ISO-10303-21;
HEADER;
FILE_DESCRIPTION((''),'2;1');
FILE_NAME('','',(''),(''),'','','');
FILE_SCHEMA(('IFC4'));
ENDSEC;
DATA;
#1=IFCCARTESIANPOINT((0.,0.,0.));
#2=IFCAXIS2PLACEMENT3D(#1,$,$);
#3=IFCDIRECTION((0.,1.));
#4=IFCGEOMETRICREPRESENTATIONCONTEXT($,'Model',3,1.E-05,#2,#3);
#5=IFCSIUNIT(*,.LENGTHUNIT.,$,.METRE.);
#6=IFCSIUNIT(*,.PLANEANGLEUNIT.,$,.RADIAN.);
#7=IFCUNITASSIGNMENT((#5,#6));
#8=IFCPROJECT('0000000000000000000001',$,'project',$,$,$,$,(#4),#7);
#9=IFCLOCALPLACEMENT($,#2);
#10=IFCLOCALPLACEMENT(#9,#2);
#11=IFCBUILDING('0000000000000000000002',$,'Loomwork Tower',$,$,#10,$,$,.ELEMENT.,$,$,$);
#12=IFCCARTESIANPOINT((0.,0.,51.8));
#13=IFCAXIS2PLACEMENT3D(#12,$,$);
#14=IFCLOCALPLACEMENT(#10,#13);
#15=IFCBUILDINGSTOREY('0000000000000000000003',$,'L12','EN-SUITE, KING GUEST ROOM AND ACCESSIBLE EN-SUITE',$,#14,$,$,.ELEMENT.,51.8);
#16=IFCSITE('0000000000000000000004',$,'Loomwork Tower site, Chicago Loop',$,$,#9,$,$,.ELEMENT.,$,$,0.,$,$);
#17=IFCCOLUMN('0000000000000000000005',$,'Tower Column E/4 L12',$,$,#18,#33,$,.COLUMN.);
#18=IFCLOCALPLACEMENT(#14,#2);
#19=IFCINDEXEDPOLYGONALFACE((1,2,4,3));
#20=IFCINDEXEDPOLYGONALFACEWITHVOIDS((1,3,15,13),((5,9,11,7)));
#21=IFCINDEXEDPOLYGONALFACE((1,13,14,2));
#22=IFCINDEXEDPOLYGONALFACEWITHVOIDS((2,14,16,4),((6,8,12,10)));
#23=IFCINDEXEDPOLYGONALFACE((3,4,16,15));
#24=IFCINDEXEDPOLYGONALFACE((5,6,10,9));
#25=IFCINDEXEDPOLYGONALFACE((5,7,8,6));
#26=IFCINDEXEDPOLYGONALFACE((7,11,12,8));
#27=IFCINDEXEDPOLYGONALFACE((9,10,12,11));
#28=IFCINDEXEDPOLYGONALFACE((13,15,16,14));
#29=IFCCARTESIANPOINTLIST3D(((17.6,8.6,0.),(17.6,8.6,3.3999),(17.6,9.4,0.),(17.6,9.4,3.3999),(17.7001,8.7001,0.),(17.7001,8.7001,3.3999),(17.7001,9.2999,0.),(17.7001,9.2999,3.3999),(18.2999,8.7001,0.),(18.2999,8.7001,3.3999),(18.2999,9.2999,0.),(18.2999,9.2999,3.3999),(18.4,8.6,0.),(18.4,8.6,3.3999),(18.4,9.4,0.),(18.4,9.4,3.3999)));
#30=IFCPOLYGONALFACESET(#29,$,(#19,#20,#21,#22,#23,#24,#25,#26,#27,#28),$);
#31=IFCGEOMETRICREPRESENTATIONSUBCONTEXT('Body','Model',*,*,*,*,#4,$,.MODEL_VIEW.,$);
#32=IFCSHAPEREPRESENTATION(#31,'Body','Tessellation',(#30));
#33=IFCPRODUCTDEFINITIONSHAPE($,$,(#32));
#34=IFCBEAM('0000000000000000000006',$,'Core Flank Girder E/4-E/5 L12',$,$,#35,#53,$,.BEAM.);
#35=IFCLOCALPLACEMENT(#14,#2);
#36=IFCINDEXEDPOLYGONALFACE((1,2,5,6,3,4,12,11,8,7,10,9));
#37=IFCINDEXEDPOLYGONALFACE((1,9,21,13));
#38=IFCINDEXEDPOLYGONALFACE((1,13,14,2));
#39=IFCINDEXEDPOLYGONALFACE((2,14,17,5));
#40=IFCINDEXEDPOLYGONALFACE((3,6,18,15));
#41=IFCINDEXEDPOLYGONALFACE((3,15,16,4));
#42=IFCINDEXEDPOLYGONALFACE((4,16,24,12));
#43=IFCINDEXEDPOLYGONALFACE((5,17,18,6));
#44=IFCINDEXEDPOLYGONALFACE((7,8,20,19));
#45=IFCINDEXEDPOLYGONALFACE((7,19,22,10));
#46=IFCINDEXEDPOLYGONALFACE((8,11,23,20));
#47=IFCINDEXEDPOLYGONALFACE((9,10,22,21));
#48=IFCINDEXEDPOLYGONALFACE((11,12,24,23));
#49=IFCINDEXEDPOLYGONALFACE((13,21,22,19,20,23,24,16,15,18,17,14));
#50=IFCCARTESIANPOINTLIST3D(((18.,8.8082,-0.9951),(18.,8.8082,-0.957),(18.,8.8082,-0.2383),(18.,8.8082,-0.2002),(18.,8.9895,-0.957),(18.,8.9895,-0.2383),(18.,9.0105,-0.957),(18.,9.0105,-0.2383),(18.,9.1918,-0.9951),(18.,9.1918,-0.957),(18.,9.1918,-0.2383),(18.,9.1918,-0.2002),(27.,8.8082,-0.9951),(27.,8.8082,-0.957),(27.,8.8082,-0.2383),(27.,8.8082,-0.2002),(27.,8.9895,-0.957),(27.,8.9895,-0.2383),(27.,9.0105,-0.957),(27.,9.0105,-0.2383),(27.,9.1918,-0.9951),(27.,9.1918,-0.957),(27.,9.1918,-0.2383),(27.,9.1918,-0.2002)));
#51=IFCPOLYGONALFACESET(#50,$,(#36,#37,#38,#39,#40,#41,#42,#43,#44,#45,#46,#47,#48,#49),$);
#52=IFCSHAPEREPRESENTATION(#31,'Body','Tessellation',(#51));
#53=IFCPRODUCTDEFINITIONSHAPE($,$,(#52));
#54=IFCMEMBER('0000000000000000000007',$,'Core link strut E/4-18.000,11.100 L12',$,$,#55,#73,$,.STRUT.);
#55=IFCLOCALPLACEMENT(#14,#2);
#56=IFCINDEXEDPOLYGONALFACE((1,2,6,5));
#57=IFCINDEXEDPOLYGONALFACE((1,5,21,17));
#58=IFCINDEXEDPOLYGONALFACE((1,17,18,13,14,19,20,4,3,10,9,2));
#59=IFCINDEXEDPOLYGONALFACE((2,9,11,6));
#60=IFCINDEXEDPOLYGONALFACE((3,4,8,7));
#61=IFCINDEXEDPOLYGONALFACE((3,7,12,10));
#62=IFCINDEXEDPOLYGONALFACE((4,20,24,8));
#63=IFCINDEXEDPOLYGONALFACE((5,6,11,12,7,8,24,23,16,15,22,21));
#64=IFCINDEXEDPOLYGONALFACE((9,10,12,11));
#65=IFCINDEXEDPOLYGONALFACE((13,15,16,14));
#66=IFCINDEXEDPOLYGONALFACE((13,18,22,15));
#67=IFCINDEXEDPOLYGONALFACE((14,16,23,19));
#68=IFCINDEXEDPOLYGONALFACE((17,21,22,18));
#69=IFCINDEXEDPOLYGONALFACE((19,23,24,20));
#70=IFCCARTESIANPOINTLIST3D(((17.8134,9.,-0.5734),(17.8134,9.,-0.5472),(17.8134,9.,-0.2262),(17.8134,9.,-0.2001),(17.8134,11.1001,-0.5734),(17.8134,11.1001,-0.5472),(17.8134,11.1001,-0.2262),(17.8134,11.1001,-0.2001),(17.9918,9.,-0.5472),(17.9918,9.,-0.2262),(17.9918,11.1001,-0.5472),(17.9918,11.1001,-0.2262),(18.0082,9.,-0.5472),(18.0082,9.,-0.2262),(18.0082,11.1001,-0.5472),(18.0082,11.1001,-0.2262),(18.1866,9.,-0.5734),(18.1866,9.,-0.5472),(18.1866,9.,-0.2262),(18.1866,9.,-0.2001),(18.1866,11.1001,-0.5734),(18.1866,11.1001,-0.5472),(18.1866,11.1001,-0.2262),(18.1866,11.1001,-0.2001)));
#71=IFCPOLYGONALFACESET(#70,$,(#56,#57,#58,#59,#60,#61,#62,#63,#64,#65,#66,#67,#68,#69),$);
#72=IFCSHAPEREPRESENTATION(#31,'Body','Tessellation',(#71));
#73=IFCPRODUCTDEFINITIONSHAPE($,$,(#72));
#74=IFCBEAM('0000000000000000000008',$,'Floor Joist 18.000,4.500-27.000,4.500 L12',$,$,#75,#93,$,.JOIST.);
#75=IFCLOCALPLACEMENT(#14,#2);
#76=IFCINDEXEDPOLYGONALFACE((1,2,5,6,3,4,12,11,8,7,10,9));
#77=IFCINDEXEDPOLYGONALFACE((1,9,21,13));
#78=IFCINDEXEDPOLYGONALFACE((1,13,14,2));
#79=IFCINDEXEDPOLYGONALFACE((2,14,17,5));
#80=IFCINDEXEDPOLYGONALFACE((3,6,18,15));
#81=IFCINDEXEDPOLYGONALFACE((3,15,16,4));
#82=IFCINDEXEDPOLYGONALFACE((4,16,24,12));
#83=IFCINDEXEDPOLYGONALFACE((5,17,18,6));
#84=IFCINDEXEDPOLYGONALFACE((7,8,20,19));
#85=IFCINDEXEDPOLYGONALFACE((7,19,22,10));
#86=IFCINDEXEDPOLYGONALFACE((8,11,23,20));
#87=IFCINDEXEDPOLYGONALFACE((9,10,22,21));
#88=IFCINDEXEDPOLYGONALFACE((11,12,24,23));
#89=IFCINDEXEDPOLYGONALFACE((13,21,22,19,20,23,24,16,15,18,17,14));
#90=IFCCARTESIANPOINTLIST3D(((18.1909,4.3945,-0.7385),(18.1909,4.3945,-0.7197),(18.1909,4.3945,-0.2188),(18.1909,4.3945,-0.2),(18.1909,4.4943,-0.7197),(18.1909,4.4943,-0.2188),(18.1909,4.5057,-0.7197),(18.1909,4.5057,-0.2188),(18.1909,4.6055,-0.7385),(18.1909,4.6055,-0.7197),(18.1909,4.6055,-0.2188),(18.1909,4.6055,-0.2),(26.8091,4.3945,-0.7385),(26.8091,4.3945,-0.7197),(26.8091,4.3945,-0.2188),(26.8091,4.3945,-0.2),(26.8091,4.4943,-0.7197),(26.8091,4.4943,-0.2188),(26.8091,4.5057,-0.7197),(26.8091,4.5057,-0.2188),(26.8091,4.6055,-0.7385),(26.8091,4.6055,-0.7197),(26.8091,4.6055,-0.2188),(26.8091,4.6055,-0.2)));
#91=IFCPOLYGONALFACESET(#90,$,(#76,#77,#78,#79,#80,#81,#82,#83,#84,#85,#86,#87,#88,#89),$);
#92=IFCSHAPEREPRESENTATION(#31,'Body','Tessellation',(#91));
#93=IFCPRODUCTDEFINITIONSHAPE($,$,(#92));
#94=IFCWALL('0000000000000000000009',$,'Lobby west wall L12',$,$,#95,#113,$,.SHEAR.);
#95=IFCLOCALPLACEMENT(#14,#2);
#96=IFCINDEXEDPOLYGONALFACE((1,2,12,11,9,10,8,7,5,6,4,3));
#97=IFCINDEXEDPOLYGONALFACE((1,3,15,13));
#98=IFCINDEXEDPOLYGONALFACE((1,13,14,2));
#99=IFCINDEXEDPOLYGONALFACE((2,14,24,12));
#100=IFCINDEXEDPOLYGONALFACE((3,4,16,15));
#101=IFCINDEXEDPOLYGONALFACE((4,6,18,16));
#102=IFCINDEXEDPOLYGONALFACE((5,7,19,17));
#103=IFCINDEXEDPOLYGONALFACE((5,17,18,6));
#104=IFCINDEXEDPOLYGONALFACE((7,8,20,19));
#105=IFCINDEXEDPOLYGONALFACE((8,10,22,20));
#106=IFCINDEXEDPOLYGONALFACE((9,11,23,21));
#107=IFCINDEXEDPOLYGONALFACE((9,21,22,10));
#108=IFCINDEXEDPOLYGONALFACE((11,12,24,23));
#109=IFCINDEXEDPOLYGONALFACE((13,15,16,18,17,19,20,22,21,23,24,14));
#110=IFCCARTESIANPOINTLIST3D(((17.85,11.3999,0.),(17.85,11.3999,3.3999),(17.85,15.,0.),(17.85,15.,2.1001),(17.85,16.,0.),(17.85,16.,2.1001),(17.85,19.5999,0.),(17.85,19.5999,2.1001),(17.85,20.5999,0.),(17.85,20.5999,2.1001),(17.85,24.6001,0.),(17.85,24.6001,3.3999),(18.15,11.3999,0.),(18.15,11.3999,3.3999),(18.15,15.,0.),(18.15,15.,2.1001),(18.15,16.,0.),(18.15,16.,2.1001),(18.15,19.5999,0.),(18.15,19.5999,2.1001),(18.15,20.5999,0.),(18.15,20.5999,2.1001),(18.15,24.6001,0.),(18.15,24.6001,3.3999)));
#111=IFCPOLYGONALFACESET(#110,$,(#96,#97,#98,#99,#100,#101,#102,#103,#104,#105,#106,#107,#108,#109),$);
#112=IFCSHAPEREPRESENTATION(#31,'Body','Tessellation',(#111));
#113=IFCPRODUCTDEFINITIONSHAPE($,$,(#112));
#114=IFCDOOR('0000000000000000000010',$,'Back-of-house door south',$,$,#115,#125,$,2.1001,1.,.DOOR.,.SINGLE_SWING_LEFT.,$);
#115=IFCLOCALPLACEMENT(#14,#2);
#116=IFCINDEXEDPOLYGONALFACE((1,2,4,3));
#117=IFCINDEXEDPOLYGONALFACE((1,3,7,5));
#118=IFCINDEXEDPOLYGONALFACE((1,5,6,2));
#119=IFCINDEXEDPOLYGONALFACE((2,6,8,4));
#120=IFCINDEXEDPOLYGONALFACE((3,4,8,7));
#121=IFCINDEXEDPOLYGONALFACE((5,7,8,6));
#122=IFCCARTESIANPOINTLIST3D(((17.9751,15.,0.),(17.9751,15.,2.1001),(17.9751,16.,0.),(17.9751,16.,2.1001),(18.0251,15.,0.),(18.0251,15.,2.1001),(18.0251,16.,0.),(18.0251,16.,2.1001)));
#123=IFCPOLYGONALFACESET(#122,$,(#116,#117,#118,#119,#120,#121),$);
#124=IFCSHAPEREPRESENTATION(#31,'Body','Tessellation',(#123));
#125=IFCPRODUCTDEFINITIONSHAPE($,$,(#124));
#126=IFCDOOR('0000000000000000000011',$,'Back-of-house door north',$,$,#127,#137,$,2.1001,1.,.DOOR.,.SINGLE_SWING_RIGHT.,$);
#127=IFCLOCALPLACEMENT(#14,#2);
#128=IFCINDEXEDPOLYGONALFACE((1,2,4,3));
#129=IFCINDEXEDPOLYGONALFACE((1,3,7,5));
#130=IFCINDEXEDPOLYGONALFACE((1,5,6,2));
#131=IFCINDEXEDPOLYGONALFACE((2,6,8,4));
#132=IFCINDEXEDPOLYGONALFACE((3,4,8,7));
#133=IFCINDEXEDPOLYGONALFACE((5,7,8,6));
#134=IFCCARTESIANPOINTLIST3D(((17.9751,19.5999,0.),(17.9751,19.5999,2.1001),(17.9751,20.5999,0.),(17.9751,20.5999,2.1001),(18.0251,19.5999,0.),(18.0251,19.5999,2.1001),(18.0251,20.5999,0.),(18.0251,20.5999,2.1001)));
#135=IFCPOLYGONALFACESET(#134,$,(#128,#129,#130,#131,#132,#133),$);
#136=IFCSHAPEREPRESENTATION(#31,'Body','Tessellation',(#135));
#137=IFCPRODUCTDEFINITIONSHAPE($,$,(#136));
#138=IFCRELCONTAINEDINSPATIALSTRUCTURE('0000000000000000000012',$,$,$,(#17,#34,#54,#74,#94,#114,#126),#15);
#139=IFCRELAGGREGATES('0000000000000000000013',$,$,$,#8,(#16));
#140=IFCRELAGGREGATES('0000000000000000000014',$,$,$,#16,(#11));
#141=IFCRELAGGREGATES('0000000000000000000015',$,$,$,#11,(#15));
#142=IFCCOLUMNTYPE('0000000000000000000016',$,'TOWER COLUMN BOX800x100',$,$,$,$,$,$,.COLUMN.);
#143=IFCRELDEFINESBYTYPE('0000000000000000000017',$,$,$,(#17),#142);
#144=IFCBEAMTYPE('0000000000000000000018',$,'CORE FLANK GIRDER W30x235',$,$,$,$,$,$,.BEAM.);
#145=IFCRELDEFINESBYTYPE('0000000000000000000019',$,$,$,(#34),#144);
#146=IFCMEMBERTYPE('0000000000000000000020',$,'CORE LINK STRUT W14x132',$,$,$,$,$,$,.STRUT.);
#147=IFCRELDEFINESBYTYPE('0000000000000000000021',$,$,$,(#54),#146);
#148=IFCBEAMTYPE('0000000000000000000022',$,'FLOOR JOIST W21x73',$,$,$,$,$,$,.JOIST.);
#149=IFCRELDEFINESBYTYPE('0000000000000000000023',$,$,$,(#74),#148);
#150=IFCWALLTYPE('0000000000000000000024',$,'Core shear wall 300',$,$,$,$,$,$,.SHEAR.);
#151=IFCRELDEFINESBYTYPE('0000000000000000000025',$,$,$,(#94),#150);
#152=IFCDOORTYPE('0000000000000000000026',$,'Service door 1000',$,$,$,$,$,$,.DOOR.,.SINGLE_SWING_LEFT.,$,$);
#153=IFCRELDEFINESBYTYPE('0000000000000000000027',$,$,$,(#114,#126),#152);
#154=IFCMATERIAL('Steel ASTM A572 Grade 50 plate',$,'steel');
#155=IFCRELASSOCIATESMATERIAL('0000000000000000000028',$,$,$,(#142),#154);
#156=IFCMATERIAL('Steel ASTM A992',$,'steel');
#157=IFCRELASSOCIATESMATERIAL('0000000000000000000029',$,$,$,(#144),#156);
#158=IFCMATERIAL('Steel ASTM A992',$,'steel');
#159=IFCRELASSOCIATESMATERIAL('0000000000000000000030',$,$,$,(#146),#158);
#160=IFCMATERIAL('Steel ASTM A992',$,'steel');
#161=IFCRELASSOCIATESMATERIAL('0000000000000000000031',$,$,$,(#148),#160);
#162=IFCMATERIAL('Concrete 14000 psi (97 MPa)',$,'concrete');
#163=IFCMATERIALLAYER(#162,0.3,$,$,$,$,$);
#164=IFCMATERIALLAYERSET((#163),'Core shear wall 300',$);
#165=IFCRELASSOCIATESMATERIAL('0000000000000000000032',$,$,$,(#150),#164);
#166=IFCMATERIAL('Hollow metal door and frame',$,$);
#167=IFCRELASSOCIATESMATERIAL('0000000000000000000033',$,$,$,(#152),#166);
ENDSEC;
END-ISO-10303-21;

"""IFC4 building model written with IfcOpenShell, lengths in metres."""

from ifc_helpers import new_model, si_unit, direction, frame, frame_2d, origin, origin_2d, place, context, subcontext, project, spatial, rectangle, hollow_rectangle, i_section, extrude, material, layer, layer_set, material_profile, profile_set, type_object, element, fill, save


model = new_model("IFC4")

# Units and contexts
model_context = context("Model", 3, precision=1e-05, world=origin(), true_north=direction((0.0, 1.0)))
body_context = subcontext(model_context, "Body", "Model", "MODEL_VIEW")
ifc_project = project(units=[si_unit("LENGTHUNIT", "METRE"), si_unit("PLANEANGLEUNIT", "RADIAN")], contexts=[model_context])

# Site, building, storey
site_placement = place(None, origin())
site = spatial("IfcSite", under=ifc_project, at=site_placement, Name="Loomwork Tower site, Chicago Loop", CompositionType="ELEMENT", RefElevation=0.0)
building_placement = place(site_placement, origin())
building = spatial("IfcBuilding", under=site, at=building_placement, Name="Loomwork Tower", CompositionType="ELEMENT")
storey_placement = place(building_placement, frame((0.0, 0.0, 51.8)))
storey = spatial("IfcBuildingStorey", under=building, at=storey_placement, Name="L12", Description="EN-SUITE, KING GUEST ROOM AND ACCESSIBLE EN-SUITE", CompositionType="ELEMENT", Elevation=51.8)

# Column
ifc_material_1 = material(Name="Steel ASTM A572 Grade 50 plate", Category="steel")
ifc_material_profile_1 = material_profile(ifc_material_1, hollow_rectangle(XDim=0.8, YDim=0.8, WallThickness=0.1001, at=origin_2d()), Name="BOX800x100")
ifc_profile_set_1 = profile_set([ifc_material_profile_1], Name="Steel ASTM A572 Grade 50 plate")
column_type = type_object("IfcColumnType", Name="TOWER COLUMN BOX800x100", PredefinedType="COLUMN", material=ifc_profile_set_1)
column_placement = place(storey_placement, frame((18.0, 9.0, 0.0), z_axis=(0.0, 0.0, 1.0), x_axis=(1.0, 0.0, 0.0)))
element("IfcColumn", 1, at=column_placement, inside=storey, type_object=column_type, Name="Tower Column E/4 L12", PredefinedType="COLUMN", context=body_context, shape_type="SweptSolid", body=[
    extrude(hollow_rectangle(XDim=0.8, YDim=0.8, WallThickness=0.1001, at=origin_2d()), origin(), (0.0, 0.0, 1.0), 3.3999),
])

# Beam
ifc_material_2 = material(Name="Steel ASTM A992", Category="steel")
ifc_material_profile_2 = material_profile(ifc_material_2, i_section(OverallWidth=0.3835, OverallDepth=0.7949, WebThickness=0.021, FlangeThickness=0.0381, at=origin_2d()), Name="W30x235")
ifc_profile_set_2 = profile_set([ifc_material_profile_2], Name="Steel ASTM A992")
beam_type_1 = type_object("IfcBeamType", Name="CORE FLANK GIRDER W30x235", PredefinedType="BEAM", material=ifc_profile_set_2)
beam_1_placement = place(storey_placement, frame((18.0, 9.0, -0.5977), z_axis=(1.0, 0.0, 0.0), x_axis=(0.0, 1.0, 0.0)))
element("IfcBeam", 2, at=beam_1_placement, inside=storey, type_object=beam_type_1, Name="Core Flank Girder E/4-E/5 L12", PredefinedType="BEAM", context=body_context, shape_type="SweptSolid", body=[
    extrude(i_section(OverallWidth=0.3835, OverallDepth=0.7949, WebThickness=0.021, FlangeThickness=0.0381, at=origin_2d()), origin(), (0.0, 0.0, 1.0), 9.0),
])

# Member
ifc_material_3 = material(Name="Steel ASTM A992", Category="steel")
ifc_material_profile_3 = material_profile(ifc_material_3, i_section(OverallWidth=0.3733, OverallDepth=0.3733, WebThickness=0.0164, FlangeThickness=0.0261, at=origin_2d()), Name="W14x132")
ifc_profile_set_3 = profile_set([ifc_material_profile_3], Name="Steel ASTM A992")
member_type = type_object("IfcMemberType", Name="CORE LINK STRUT W14x132", PredefinedType="STRUT", material=ifc_profile_set_3)
member_placement = place(storey_placement, frame((18.0, 9.0, -0.3867), z_axis=(0.0, 1.0, 0.0), x_axis=(-1.0, 0.0, 0.0)))
element("IfcMember", 3, at=member_placement, inside=storey, type_object=member_type, Name="Core link strut E/4-18.000,11.100 L12", PredefinedType="STRUT", context=body_context, shape_type="SweptSolid", body=[
    extrude(i_section(OverallWidth=0.3733, OverallDepth=0.3733, WebThickness=0.0164, FlangeThickness=0.0261, at=origin_2d()), origin(), (0.0, 0.0, 1.0), 2.1001),
])

# Beam
ifc_material_4 = material(Name="Steel ASTM A992", Category="steel")
ifc_material_profile_4 = material_profile(ifc_material_4, i_section(OverallWidth=0.2109, OverallDepth=0.5386, WebThickness=0.0115, FlangeThickness=0.0188, at=origin_2d()), Name="W21x73")
ifc_profile_set_4 = profile_set([ifc_material_profile_4], Name="Steel ASTM A992")
beam_type_2 = type_object("IfcBeamType", Name="FLOOR JOIST W21x73", PredefinedType="JOIST", material=ifc_profile_set_4)
beam_2_placement = place(storey_placement, frame((18.1909, 4.5, -0.4692), z_axis=(1.0, 0.0, 0.0), x_axis=(0.0, 1.0, 0.0)))
element("IfcBeam", 4, at=beam_2_placement, inside=storey, type_object=beam_type_2, Name="Floor Joist 18.000,4.500-27.000,4.500 L12", PredefinedType="JOIST", context=body_context, shape_type="SweptSolid", body=[
    extrude(i_section(OverallWidth=0.2109, OverallDepth=0.5386, WebThickness=0.0115, FlangeThickness=0.0188, at=origin_2d()), origin(), (0.0, 0.0, 1.0), 8.6182),
])

# Wall, openings, doors
ifc_material_5 = material(Name="Concrete 14000 psi (97 MPa)", Category="concrete")
ifc_layer_1 = layer(ifc_material_5, 0.3)
ifc_layer_set_1 = layer_set([ifc_layer_1], Name="Core shear wall 300")
wall_type_1 = type_object("IfcWallType", Name="Core shear wall 300", PredefinedType="SHEAR", material=ifc_layer_set_1)
wall_1_placement = place(storey_placement, frame((18.0, 11.3999, 0.0), z_axis=(0.0, 0.0, 1.0), x_axis=(0.0, 1.0, 0.0)))
wall_1 = element("IfcWall", 5, at=wall_1_placement, inside=storey, type_object=wall_type_1, Name="Lobby west wall L12", PredefinedType="SHEAR", context=body_context, shape_type="SweptSolid", body=[
    extrude(rectangle(XDim=13.2002, YDim=0.3, at=frame_2d((6.6001, 0.0))), origin(), (0.0, 0.0, 1.0), 3.3999),
])
opening_1_placement = place(wall_1_placement, frame((3.6001, 0.0, 0.0)))
opening_1 = element("IfcOpeningElement", 6, at=opening_1_placement, cuts=wall_1, PredefinedType="OPENING", context=body_context, shape_type="SweptSolid", body=[
    extrude(rectangle(XDim=1.0, YDim=2.1001, at=frame_2d((0.5, 1.05))), frame((0.0, 0.1599, 0.0), z_axis=(0.0, -1.0, 0.0), x_axis=(1.0, 0.0, 0.0)), (0.0, 0.0, 1.0), 0.3201),
])
opening_2_placement = place(wall_1_placement, frame((8.2, 0.0, 0.0)))
opening_2 = element("IfcOpeningElement", 7, at=opening_2_placement, cuts=wall_1, PredefinedType="OPENING", context=body_context, shape_type="SweptSolid", body=[
    extrude(rectangle(XDim=1.0, YDim=2.1001, at=frame_2d((0.5, 1.05))), frame((0.0, 0.1599, 0.0), z_axis=(0.0, -1.0, 0.0), x_axis=(1.0, 0.0, 0.0)), (0.0, 0.0, 1.0), 0.3201),
])
ifc_material_6 = material(Name="Hollow metal door and frame")
door_type_1 = type_object("IfcDoorType", Name="Service door 1000", OperationType="SINGLE_SWING_LEFT", PredefinedType="DOOR", material=ifc_material_6)
door_1_placement = place(opening_1_placement, origin())
door_1 = element("IfcDoor", 8, at=door_1_placement, inside=storey, type_object=door_type_1, Name="Back-of-house door south", OperationType="SINGLE_SWING_LEFT", OverallHeight=2.1001, OverallWidth=1.0, PredefinedType="DOOR", context=body_context, shape_type="SweptSolid", body=[
    extrude(rectangle(XDim=1.0, YDim=2.1001, at=frame_2d((0.5, 1.05))), frame((0.0, 0.0249, 0.0), z_axis=(0.0, -1.0, 0.0), x_axis=(1.0, 0.0, 0.0)), (0.0, 0.0, 1.0), 0.05),
])
fill(opening_1, door_1)
door_2_placement = place(opening_2_placement, origin())
door_2 = element("IfcDoor", 9, at=door_2_placement, inside=storey, type_object=door_type_1, Name="Back-of-house door north", OperationType="SINGLE_SWING_RIGHT", OverallHeight=2.1001, OverallWidth=1.0, PredefinedType="DOOR", context=body_context, shape_type="SweptSolid", body=[
    extrude(rectangle(XDim=1.0, YDim=2.1001, at=frame_2d((0.5, 1.05))), frame((0.0, 0.0249, 0.0), z_axis=(0.0, -1.0, 0.0), x_axis=(1.0, 0.0, 0.0)), (0.0, 0.0, 1.0), 0.05),
])
fill(opening_2, door_2)

save(model, "model.ifc")
